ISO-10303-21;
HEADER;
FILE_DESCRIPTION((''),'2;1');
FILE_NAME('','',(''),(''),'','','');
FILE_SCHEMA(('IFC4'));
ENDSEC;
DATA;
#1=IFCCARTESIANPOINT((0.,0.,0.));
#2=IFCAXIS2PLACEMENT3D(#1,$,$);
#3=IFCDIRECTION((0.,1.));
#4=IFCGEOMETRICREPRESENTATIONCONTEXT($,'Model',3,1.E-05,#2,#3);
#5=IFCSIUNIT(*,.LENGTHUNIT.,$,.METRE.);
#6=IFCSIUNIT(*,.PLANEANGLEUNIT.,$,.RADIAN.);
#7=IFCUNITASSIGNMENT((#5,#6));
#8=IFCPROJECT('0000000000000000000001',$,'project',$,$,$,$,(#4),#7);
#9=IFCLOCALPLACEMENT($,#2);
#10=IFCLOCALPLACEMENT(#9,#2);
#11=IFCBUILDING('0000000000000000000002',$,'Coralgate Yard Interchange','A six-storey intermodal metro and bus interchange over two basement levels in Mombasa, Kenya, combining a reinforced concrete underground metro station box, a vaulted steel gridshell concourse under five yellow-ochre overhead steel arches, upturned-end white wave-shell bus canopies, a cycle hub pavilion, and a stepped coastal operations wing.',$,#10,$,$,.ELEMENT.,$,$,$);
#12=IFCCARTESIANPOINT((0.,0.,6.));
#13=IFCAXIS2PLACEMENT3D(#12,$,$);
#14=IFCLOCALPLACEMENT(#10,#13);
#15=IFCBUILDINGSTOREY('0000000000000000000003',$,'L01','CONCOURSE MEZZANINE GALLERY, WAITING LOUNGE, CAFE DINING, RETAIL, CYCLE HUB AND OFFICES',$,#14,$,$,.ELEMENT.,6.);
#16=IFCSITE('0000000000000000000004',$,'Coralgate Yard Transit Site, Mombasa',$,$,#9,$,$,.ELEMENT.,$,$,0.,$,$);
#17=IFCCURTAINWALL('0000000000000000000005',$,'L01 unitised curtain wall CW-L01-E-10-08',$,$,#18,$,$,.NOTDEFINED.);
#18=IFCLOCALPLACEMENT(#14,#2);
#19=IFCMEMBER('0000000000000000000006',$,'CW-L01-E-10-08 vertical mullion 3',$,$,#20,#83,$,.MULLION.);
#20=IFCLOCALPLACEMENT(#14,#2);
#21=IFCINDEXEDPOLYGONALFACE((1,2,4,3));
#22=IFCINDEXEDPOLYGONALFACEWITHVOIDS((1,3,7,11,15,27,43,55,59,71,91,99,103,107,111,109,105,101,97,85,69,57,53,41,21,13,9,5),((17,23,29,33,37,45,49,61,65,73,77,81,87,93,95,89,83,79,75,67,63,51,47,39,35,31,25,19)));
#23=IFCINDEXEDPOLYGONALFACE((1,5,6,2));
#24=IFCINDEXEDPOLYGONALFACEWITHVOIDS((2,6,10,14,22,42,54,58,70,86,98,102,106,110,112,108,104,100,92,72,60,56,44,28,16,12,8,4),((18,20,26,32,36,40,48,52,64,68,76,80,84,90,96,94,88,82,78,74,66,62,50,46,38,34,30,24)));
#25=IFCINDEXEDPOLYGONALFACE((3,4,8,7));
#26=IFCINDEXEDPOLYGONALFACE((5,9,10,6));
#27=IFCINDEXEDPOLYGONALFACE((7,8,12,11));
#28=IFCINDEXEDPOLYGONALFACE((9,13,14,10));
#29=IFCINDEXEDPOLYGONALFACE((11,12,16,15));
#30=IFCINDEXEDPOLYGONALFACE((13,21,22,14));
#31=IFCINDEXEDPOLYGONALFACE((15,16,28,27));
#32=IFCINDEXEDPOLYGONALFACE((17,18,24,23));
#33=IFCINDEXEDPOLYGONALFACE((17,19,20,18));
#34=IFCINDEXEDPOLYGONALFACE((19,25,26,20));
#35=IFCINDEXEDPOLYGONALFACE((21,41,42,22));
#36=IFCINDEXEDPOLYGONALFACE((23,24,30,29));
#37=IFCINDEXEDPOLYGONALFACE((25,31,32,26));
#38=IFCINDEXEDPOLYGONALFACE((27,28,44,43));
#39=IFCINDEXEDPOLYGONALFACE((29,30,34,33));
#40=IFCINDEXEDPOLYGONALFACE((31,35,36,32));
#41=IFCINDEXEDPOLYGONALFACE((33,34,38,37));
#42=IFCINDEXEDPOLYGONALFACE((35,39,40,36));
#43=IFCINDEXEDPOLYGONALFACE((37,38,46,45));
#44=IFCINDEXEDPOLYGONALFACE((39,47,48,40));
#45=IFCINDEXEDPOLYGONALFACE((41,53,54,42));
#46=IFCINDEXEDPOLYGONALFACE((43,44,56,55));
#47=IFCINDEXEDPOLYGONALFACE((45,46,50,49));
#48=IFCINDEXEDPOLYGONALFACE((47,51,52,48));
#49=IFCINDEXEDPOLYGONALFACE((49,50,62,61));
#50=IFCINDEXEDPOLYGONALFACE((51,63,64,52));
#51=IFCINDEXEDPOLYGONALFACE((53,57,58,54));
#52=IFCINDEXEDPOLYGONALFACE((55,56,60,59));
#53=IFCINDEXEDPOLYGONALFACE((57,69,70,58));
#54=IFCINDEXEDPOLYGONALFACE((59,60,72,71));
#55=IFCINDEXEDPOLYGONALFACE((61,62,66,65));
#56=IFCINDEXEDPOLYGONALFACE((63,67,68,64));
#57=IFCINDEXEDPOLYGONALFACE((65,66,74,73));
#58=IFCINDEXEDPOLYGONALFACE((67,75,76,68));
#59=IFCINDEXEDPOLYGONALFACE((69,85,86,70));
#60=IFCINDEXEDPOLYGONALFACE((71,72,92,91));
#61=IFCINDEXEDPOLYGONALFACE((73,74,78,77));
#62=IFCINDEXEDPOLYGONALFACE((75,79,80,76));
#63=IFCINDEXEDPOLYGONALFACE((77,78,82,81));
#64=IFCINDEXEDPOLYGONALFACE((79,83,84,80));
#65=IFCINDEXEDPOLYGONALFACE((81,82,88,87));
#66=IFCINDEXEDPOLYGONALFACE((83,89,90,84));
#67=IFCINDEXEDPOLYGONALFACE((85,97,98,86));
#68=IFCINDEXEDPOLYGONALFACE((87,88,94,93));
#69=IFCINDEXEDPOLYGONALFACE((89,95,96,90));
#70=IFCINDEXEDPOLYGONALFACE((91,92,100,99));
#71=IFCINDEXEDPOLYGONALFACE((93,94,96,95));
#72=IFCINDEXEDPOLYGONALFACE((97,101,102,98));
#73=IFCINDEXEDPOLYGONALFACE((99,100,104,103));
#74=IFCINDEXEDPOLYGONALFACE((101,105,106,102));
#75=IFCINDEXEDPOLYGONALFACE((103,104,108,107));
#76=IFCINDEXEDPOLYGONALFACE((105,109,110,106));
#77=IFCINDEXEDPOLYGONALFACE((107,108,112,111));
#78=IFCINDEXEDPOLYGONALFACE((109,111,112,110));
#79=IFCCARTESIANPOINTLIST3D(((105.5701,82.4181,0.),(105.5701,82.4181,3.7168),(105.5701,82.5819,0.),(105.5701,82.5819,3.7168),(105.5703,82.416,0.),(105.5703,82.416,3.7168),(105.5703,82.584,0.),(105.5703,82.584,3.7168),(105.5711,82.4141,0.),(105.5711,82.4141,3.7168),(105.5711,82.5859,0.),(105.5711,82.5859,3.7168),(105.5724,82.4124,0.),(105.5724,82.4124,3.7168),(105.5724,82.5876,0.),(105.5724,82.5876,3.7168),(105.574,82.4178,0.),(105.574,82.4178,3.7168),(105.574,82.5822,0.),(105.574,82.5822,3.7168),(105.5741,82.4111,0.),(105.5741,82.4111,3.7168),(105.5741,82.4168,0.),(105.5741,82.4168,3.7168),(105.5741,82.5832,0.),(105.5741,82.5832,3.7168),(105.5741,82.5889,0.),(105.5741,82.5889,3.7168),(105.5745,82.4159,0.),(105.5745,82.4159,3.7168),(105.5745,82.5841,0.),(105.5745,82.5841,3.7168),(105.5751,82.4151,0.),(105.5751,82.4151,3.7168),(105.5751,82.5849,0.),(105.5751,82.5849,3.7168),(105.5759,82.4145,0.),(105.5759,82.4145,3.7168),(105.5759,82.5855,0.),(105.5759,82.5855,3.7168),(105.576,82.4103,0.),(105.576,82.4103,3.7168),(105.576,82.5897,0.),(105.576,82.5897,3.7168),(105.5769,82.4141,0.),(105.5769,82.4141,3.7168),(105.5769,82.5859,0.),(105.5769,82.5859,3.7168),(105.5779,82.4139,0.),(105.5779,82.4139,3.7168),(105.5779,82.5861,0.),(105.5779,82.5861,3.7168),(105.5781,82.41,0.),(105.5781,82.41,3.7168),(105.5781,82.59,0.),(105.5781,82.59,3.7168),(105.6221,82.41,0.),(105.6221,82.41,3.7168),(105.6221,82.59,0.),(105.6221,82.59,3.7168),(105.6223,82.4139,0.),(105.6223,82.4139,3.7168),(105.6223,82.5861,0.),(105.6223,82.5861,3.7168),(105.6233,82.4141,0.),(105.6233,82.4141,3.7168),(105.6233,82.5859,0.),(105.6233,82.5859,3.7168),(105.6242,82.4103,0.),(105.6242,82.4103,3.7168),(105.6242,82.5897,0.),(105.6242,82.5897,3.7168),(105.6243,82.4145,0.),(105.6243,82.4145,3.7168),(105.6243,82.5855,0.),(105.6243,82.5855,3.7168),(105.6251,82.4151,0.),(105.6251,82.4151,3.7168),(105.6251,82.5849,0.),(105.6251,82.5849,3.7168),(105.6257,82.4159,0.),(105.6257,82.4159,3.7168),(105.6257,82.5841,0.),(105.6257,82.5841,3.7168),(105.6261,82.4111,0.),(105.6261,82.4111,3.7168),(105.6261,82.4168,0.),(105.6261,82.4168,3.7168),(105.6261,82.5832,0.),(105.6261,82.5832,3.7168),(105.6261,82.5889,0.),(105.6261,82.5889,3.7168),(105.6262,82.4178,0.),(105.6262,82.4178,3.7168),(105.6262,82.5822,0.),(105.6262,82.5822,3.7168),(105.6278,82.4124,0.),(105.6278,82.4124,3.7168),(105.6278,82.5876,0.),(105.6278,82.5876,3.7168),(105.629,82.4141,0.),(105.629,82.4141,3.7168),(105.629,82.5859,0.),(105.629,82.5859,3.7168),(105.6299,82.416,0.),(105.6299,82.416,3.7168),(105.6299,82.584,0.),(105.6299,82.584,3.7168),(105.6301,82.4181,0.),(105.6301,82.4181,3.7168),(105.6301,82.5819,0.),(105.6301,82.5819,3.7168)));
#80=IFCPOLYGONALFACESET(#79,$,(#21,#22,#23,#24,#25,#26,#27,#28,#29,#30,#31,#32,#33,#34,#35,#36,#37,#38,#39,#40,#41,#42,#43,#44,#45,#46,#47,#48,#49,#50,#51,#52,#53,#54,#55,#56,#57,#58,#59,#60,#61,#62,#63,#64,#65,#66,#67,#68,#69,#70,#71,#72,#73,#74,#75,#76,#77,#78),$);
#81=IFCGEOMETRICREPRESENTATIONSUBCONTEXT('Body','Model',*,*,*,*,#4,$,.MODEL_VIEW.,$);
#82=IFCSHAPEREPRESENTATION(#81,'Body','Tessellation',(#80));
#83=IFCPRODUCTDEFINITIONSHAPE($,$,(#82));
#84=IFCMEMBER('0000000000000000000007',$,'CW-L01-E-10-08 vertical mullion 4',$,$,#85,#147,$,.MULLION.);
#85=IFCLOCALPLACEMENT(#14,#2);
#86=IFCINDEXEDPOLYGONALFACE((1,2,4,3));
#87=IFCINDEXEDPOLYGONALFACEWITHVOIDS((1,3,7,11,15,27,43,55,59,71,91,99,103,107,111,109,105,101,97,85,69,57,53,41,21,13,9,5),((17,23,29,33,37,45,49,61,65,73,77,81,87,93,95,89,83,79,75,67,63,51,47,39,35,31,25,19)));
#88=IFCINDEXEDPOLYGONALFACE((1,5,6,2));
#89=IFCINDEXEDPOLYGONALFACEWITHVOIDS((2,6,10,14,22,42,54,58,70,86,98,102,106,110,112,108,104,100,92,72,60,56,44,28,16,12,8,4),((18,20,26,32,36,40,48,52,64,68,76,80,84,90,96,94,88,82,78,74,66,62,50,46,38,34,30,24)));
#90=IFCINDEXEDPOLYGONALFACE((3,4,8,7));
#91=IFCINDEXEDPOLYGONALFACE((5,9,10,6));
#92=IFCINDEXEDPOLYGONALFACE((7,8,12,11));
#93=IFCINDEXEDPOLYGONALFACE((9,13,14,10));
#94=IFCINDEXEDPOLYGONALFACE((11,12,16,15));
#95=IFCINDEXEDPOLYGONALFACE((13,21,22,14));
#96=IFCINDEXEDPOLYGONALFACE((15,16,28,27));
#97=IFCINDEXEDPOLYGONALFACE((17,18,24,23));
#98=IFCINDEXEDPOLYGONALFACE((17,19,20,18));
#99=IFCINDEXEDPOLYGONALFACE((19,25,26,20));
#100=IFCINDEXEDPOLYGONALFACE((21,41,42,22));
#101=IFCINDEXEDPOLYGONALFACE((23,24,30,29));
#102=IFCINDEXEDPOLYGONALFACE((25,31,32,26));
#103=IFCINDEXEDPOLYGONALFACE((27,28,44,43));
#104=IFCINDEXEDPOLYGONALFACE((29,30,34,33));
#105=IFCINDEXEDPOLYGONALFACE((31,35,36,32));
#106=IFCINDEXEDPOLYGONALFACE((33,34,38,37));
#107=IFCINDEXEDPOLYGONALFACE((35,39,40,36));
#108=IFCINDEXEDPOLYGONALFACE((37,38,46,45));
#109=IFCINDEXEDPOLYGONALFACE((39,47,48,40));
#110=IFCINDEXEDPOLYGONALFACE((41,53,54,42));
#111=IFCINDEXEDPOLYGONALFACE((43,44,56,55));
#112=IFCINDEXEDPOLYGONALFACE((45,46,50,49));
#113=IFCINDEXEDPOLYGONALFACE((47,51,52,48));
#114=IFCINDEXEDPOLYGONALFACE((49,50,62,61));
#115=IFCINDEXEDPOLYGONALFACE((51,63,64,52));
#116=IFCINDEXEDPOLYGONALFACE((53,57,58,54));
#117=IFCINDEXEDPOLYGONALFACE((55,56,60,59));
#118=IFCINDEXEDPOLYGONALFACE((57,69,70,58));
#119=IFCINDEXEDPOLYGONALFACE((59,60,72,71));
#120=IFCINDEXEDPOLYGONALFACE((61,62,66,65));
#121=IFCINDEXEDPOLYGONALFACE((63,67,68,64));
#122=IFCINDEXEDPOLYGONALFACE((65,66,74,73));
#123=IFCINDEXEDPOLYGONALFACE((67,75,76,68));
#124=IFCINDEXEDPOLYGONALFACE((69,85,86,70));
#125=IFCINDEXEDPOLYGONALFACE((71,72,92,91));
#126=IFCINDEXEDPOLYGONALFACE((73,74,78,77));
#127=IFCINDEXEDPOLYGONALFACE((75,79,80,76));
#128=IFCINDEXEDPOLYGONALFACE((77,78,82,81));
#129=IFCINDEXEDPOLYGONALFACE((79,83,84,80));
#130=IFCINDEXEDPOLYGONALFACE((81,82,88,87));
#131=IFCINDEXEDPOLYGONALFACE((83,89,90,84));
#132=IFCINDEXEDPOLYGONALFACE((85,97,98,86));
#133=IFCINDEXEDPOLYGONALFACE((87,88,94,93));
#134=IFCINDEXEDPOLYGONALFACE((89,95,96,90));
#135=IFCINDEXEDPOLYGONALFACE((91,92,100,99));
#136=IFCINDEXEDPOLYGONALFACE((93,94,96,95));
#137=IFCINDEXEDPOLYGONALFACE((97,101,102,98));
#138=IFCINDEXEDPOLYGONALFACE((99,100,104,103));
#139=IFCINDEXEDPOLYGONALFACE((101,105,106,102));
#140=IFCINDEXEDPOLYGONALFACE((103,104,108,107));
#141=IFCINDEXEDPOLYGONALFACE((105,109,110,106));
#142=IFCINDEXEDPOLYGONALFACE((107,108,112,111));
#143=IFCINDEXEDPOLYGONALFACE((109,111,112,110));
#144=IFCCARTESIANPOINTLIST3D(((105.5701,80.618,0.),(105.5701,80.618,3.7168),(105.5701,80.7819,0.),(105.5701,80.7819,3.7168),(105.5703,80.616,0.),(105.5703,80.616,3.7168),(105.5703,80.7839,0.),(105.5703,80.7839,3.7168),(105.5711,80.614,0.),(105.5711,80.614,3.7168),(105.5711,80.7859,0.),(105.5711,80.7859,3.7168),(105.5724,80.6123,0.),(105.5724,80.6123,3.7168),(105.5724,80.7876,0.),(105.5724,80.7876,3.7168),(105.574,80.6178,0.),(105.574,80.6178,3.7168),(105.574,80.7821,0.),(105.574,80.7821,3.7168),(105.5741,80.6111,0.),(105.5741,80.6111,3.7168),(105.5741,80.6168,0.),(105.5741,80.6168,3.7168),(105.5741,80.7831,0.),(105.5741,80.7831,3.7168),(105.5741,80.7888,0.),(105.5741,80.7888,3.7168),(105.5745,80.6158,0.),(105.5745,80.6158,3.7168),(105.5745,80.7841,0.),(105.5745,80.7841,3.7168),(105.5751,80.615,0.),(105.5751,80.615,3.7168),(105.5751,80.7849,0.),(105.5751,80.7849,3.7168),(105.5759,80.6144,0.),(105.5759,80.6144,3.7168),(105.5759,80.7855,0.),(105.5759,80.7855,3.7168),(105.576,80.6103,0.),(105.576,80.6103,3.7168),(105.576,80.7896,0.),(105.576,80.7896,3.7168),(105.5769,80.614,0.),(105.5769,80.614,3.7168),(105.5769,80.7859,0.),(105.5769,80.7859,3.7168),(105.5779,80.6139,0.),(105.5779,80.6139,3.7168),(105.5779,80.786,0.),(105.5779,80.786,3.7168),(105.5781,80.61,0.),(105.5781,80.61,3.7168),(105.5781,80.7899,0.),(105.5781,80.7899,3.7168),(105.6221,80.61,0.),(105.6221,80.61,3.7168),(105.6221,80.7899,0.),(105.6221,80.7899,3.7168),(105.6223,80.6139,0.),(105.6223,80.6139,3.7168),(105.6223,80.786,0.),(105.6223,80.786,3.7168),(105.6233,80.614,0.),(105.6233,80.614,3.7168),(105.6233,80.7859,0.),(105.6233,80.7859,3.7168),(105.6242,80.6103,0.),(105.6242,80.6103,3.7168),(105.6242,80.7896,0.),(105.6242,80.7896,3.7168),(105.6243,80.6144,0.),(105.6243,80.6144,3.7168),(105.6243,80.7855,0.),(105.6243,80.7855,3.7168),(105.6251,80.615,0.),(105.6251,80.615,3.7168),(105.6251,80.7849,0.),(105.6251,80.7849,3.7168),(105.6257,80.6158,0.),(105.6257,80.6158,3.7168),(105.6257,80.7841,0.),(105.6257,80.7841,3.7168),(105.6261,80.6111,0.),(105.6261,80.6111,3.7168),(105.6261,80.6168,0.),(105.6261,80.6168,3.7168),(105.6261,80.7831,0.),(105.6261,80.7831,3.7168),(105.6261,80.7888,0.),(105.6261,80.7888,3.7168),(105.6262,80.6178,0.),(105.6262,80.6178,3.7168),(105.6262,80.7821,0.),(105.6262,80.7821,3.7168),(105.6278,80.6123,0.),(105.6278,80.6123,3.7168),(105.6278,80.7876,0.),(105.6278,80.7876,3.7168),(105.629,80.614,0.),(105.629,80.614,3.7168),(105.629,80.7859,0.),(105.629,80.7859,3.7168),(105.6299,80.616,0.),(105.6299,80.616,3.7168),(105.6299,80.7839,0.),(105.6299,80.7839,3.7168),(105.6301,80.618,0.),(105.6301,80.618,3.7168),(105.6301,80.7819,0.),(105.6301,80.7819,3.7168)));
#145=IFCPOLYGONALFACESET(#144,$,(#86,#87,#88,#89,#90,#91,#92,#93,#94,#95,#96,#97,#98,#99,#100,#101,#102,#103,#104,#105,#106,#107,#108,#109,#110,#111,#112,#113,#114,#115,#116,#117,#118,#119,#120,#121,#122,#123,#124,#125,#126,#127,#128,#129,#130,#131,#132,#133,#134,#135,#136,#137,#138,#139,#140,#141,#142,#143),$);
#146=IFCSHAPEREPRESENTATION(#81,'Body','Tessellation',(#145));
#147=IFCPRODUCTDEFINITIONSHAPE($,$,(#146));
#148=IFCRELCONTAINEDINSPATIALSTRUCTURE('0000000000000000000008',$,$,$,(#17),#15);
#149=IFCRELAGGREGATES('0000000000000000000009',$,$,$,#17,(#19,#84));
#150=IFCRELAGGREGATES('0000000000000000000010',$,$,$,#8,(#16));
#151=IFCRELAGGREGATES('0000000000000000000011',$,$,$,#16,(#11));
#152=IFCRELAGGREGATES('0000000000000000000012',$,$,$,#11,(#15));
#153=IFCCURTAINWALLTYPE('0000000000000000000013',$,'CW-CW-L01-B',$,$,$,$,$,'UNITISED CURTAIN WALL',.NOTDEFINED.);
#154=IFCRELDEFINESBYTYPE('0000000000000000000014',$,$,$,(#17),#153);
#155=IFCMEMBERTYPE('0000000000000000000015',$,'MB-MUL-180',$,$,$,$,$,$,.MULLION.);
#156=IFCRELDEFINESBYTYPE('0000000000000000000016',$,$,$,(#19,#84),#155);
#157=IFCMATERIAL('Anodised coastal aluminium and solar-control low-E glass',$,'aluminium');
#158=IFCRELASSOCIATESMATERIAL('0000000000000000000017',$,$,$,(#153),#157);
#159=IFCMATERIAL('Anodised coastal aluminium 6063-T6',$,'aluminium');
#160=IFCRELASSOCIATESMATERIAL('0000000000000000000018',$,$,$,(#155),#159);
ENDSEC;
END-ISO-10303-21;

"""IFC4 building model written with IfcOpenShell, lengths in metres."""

from ifc_helpers import new_model, si_unit, direction, frame, origin, origin_2d, place, context, subcontext, project, spatial, hollow_rectangle, extrude, material, material_profile, profile_set, type_object, element, aggregate, save


model = new_model("IFC4")

# Units and contexts
model_context = context("Model", 3, precision=1e-05, world=origin(), true_north=direction((0.0, 1.0)))
body_context = subcontext(model_context, "Body", "Model", "MODEL_VIEW")
ifc_project = project(units=[si_unit("LENGTHUNIT", "METRE"), si_unit("PLANEANGLEUNIT", "RADIAN")], contexts=[model_context])

# Site, building, storey
site_placement = place(None, origin())
site = spatial("IfcSite", under=ifc_project, at=site_placement, Name="Coralgate Yard Transit Site, Mombasa", CompositionType="ELEMENT", RefElevation=0.0)
building_placement = place(site_placement, origin())
building = spatial("IfcBuilding", under=site, at=building_placement, Name="Coralgate Yard Interchange", Description="A six-storey intermodal metro and bus interchange over two basement levels in Mombasa, Kenya, combining a reinforced concrete underground metro station box, a vaulted steel gridshell concourse under five yellow-ochre overhead steel arches, upturned-end white wave-shell bus canopies, a cycle hub pavilion, and a stepped coastal operations wing.", CompositionType="ELEMENT")
storey_placement = place(building_placement, frame((0.0, 0.0, 6.0)))
storey = spatial("IfcBuildingStorey", under=building, at=storey_placement, Name="L01", Description="CONCOURSE MEZZANINE GALLERY, WAITING LOUNGE, CAFE DINING, RETAIL, CYCLE HUB AND OFFICES", CompositionType="ELEMENT", Elevation=6.0)

# Curtain wall, members
ifc_material_1 = material(Name="Anodised coastal aluminium and solar-control low-E glass", Category="aluminium")
curtain_wall_type = type_object("IfcCurtainWallType", Name="CW-CW-L01-B", ElementType="UNITISED CURTAIN WALL", PredefinedType="NOTDEFINED", material=ifc_material_1)
curtain_wall_placement = place(storey_placement, origin())
curtain_wall = element("IfcCurtainWall", 1, at=curtain_wall_placement, inside=storey, type_object=curtain_wall_type, Name="L01 unitised curtain wall CW-L01-E-10-08", PredefinedType="NOTDEFINED")
ifc_material_2 = material(Name="Anodised coastal aluminium 6063-T6", Category="aluminium")
ifc_material_profile_1 = material_profile(ifc_material_2, hollow_rectangle(XDim=0.0601, YDim=0.1799, WallThickness=0.0039, InnerFilletRadius=0.0039, OuterFilletRadius=0.0081, at=origin_2d()), Name="ALU 60x180x4")
ifc_profile_set_1 = profile_set([ifc_material_profile_1], Name="Anodised coastal aluminium 6063-T6")
member_type_1 = type_object("IfcMemberType", Name="MB-MUL-180", PredefinedType="MULLION", material=ifc_profile_set_1)
member_1_placement = place(storey_placement, frame((105.6001, 82.5, 0.0), z_axis=(0.0, 0.0, 1.0), x_axis=(1.0, 0.0, 0.0)))
member_1 = element("IfcMember", 2, at=member_1_placement, type_object=member_type_1, Name="CW-L01-E-10-08 vertical mullion 3", PredefinedType="MULLION", context=body_context, shape_type="SweptSolid", body=[
    extrude(hollow_rectangle(XDim=0.0601, YDim=0.1799, WallThickness=0.0039, InnerFilletRadius=0.0039, OuterFilletRadius=0.0081, at=origin_2d()), origin(), (0.0, 0.0, 1.0), 3.7168),
])
member_2_placement = place(storey_placement, frame((105.6001, 80.7, 0.0), z_axis=(0.0, 0.0, 1.0), x_axis=(1.0, 0.0, 0.0)))
member_2 = element("IfcMember", 3, at=member_2_placement, type_object=member_type_1, Name="CW-L01-E-10-08 vertical mullion 4", PredefinedType="MULLION", context=body_context, shape_type="SweptSolid", body=[
    extrude(hollow_rectangle(XDim=0.0601, YDim=0.1799, WallThickness=0.0039, InnerFilletRadius=0.0039, OuterFilletRadius=0.0081, at=origin_2d()), origin(), (0.0, 0.0, 1.0), 3.7168),
])
aggregate(curtain_wall, [member_1, member_2])

save(model, "model.ifc")
